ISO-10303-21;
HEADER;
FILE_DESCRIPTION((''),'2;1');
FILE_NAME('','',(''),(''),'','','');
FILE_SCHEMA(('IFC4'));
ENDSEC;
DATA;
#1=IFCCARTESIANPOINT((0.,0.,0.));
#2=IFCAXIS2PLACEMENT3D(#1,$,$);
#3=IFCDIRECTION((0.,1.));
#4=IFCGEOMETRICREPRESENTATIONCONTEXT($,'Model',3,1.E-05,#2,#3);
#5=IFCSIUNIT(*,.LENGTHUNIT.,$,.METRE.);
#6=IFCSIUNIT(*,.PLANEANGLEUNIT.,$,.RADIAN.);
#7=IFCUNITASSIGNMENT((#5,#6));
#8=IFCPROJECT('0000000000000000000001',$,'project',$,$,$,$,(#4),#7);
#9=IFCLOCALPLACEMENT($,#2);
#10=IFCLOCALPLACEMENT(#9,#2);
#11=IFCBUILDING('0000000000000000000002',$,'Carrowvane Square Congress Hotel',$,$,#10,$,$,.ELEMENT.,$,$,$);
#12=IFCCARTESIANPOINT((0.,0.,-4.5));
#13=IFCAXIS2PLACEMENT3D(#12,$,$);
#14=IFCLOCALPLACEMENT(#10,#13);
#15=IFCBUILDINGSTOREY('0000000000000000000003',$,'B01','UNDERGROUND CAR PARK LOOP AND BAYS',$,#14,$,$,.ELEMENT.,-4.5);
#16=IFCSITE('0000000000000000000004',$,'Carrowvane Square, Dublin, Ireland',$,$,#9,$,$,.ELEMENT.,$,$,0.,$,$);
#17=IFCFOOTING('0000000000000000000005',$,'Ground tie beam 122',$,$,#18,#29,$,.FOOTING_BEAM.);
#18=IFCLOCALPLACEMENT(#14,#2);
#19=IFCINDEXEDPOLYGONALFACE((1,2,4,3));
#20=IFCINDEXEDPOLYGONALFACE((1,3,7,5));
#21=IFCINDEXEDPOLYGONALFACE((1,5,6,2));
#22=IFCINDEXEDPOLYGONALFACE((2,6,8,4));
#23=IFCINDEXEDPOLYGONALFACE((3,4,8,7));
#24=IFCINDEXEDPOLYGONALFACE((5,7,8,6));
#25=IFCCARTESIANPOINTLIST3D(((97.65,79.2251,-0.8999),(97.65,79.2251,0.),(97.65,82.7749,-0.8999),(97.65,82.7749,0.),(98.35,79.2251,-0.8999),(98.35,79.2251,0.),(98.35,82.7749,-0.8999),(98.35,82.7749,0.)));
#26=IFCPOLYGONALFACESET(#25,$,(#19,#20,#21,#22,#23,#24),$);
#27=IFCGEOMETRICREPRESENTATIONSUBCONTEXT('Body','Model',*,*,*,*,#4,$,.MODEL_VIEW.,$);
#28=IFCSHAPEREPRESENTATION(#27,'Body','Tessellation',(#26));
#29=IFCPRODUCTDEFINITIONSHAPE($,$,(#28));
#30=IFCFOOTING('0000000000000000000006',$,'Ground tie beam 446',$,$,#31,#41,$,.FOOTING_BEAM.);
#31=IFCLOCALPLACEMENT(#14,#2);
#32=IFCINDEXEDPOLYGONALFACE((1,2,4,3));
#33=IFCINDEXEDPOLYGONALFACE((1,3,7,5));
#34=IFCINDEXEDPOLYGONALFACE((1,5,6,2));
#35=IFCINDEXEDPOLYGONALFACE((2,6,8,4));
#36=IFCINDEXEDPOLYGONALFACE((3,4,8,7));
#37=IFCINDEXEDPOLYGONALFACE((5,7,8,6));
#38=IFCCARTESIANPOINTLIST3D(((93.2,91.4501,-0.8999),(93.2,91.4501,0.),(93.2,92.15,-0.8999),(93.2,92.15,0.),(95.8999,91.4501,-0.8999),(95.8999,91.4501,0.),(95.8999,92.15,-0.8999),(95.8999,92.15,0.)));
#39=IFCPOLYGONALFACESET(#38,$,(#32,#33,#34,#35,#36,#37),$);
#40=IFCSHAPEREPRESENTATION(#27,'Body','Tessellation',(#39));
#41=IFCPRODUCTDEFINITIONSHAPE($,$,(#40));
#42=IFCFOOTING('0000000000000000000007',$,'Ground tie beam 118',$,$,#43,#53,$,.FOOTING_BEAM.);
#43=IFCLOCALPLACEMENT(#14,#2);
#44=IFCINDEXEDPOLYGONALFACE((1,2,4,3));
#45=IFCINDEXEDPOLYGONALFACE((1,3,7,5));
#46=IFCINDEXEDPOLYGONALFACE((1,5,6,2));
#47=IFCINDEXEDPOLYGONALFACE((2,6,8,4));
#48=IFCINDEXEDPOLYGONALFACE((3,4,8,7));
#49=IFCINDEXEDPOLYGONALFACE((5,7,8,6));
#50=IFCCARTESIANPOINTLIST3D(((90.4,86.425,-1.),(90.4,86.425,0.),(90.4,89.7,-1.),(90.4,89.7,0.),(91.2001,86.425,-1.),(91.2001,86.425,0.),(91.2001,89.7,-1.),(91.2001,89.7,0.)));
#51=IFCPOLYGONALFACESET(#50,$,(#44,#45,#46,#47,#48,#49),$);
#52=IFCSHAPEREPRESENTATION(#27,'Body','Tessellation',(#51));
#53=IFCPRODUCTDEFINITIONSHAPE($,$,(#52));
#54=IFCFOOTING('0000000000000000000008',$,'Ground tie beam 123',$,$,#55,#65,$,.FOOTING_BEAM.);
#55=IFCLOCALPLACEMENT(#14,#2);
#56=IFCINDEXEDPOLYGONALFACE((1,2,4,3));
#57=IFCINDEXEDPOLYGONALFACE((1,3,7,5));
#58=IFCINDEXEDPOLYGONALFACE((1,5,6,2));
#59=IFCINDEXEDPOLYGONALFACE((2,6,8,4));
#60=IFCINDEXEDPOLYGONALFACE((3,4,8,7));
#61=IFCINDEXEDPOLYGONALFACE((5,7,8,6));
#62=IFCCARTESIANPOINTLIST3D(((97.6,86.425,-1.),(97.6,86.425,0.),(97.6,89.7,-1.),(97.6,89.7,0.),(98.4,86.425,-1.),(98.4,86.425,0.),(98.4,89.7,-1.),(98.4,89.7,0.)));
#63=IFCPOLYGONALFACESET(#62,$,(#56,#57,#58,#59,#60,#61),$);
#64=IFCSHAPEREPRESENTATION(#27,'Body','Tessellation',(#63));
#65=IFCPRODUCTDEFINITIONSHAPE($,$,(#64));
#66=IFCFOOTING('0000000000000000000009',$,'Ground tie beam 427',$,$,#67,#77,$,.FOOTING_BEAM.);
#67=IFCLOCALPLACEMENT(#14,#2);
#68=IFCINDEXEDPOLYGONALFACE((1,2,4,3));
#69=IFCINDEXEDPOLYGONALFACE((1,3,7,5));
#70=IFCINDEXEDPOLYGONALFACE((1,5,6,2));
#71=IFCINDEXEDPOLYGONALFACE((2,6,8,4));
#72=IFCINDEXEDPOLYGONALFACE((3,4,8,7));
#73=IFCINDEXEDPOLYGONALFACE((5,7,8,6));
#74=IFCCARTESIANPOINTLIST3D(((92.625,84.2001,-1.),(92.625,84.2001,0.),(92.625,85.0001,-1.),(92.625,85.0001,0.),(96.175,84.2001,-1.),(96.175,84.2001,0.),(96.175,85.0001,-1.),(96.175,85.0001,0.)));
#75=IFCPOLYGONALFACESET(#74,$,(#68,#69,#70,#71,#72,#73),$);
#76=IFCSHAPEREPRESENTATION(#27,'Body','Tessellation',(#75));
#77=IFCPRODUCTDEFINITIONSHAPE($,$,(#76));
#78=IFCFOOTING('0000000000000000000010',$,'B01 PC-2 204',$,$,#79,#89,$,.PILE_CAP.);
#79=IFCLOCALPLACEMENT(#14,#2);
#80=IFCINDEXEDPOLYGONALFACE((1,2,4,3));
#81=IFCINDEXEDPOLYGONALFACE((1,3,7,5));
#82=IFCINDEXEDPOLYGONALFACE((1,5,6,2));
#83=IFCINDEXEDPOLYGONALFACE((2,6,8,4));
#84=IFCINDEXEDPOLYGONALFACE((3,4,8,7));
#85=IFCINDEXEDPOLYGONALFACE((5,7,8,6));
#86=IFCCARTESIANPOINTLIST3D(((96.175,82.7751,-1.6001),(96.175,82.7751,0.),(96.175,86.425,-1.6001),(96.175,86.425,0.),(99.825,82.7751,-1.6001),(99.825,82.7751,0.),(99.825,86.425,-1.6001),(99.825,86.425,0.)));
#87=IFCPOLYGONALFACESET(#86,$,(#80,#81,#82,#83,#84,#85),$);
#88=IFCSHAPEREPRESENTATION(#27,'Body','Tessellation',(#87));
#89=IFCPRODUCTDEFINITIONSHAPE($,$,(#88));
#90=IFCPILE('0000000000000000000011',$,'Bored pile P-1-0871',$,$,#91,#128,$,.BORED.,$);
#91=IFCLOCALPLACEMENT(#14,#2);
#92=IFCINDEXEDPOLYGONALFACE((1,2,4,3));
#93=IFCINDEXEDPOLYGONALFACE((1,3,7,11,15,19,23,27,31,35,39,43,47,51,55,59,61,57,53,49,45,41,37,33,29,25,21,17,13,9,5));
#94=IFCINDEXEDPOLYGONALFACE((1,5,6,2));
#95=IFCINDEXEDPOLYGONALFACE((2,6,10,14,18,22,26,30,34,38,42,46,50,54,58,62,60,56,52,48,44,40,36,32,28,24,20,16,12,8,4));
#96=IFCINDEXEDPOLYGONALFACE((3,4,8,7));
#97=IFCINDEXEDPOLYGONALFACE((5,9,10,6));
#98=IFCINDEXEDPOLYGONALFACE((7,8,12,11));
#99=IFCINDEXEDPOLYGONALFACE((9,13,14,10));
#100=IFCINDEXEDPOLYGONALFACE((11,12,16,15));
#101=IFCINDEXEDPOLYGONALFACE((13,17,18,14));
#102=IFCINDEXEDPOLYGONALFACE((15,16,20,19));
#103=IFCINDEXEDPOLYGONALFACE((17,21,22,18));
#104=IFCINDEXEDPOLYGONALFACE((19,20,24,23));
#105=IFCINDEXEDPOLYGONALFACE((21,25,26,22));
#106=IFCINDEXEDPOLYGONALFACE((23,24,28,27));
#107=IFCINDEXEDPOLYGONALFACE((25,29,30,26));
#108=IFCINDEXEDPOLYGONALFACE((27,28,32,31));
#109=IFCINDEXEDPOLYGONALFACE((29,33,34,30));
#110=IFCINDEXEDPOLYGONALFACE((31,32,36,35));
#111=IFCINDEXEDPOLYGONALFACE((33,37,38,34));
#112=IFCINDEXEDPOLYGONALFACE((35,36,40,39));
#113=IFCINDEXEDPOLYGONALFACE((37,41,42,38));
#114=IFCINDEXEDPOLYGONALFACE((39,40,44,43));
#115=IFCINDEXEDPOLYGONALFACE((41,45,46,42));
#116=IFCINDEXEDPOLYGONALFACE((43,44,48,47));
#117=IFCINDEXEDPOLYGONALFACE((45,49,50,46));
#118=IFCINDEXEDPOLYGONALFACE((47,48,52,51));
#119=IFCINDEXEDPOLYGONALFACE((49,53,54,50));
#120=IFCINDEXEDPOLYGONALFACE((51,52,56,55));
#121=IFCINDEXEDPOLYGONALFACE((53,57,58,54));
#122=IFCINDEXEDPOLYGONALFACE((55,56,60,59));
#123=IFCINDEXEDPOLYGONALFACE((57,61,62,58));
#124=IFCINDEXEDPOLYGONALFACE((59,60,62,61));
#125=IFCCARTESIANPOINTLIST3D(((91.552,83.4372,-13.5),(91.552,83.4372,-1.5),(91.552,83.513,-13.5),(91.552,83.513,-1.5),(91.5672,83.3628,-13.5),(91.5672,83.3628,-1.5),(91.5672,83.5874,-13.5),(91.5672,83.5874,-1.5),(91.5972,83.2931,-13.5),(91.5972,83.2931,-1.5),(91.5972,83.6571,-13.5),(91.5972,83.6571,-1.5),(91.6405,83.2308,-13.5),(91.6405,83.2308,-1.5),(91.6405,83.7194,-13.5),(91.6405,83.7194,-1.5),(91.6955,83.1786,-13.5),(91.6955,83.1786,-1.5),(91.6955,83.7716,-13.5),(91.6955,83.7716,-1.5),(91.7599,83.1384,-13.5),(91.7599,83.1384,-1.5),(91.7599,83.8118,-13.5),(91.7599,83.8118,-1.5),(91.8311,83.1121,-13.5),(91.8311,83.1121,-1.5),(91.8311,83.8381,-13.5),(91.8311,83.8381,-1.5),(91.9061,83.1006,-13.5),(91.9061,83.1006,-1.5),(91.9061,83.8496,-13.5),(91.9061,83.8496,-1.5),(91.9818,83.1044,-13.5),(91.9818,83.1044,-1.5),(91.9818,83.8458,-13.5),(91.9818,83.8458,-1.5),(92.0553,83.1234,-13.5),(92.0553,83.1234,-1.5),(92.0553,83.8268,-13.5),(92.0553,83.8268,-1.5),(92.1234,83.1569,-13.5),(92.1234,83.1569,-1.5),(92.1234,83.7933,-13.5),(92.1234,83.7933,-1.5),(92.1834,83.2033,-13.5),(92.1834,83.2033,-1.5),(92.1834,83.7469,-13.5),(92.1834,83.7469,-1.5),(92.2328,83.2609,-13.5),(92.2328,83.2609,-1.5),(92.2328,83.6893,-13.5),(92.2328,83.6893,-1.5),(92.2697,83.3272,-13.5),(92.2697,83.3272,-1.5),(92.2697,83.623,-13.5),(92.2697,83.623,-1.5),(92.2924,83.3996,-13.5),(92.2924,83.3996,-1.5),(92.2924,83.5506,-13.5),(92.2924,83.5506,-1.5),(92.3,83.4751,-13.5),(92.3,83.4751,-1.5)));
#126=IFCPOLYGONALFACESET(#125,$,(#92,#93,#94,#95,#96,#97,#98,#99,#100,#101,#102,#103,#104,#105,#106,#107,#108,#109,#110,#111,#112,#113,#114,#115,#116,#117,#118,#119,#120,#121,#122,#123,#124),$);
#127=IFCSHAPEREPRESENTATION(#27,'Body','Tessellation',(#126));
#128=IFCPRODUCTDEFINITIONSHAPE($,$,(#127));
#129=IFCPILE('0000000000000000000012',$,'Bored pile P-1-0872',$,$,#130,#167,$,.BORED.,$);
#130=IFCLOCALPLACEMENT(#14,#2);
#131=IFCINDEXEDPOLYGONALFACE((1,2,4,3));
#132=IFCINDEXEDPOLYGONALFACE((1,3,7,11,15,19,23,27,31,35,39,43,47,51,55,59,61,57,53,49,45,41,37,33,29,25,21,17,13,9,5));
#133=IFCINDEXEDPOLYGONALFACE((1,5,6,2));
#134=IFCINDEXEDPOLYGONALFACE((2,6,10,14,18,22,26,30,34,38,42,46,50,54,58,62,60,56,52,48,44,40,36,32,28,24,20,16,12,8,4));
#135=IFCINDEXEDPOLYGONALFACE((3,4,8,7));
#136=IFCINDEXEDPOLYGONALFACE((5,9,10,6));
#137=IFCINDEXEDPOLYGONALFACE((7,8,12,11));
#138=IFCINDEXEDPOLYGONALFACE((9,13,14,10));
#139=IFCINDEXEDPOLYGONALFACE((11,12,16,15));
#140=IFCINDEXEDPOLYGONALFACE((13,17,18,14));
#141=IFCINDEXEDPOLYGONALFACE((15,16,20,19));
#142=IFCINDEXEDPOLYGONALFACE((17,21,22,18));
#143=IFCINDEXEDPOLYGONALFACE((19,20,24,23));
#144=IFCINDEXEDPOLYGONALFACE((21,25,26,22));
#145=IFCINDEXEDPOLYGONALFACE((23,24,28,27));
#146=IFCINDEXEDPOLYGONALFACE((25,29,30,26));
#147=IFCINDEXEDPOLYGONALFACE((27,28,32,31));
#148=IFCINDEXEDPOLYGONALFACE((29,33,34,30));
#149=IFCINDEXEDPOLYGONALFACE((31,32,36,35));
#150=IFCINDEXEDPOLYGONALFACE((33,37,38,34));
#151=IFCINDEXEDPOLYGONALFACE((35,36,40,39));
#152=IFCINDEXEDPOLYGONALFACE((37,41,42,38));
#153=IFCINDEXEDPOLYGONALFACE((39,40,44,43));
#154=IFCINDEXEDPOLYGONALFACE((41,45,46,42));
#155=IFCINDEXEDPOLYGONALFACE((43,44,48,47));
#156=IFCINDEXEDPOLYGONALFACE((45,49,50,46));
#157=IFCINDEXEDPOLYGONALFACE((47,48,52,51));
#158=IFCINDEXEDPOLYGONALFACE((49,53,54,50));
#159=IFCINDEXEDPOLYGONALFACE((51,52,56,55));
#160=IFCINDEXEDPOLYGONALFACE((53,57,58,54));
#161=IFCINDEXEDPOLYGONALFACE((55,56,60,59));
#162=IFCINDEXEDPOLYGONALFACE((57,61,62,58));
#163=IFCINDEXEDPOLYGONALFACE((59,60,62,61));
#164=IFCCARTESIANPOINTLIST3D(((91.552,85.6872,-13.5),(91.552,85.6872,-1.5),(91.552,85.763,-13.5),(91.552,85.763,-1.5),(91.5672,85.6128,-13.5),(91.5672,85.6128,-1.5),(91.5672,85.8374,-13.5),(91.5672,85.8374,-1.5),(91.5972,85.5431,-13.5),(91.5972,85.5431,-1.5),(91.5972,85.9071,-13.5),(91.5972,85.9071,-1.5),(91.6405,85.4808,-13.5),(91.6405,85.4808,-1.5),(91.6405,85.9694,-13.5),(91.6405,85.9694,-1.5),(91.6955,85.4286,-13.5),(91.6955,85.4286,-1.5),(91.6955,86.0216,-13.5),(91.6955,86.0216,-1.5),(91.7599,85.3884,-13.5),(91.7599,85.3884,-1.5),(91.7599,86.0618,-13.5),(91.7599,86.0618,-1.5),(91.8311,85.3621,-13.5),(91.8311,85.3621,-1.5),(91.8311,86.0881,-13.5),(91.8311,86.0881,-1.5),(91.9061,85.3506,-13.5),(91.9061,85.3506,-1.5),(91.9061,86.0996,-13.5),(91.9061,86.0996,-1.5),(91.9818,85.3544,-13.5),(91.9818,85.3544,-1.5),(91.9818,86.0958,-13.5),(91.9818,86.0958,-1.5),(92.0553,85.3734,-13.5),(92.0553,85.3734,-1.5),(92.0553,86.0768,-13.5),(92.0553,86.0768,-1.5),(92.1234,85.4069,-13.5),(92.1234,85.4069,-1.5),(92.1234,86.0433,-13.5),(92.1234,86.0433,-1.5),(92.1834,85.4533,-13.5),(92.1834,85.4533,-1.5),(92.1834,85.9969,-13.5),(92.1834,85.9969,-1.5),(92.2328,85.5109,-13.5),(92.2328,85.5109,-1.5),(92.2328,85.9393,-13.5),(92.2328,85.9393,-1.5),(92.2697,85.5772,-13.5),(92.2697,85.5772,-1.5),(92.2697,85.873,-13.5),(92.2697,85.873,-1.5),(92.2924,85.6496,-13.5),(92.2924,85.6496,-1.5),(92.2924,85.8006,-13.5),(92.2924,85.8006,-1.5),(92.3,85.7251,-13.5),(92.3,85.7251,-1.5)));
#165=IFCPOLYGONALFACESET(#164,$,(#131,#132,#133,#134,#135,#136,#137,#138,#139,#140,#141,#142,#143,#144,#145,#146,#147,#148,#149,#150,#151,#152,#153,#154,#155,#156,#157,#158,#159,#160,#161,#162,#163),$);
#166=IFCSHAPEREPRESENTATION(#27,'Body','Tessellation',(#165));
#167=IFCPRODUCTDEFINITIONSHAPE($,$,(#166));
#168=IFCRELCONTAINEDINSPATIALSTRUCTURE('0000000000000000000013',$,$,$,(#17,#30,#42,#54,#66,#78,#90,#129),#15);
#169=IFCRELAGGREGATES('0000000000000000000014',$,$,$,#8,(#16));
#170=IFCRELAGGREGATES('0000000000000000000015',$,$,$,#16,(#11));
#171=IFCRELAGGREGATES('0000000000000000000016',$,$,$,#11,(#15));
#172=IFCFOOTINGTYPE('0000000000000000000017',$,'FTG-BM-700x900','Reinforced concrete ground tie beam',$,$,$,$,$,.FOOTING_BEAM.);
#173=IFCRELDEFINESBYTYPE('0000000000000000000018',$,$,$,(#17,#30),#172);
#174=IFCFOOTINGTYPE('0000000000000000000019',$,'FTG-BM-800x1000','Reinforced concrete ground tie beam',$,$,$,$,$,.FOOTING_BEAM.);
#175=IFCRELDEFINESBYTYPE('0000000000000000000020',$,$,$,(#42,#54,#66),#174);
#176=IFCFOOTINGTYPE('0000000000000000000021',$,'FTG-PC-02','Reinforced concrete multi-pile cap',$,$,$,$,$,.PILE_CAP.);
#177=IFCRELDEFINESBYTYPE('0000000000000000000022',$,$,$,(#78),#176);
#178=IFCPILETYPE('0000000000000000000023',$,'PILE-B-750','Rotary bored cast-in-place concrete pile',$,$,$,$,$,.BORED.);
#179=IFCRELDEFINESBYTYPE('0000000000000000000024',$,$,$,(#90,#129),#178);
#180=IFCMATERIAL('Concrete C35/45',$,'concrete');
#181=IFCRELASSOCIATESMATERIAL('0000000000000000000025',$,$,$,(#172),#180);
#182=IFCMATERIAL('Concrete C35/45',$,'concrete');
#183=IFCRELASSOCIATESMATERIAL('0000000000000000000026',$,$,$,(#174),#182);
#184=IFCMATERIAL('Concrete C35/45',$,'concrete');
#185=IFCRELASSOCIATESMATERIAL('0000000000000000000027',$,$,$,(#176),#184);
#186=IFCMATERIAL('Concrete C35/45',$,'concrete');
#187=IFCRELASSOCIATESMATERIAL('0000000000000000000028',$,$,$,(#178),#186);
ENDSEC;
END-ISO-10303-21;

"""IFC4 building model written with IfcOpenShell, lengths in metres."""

from ifc_helpers import new_model, si_unit, direction, frame, origin, origin_2d, place, context, subcontext, project, spatial, rectangle, circle, extrude, material, material_profile, profile_set, type_object, element, save


model = new_model("IFC4")

# Units and contexts
model_context = context("Model", 3, precision=1e-05, world=origin(), true_north=direction((0.0, 1.0)))
body_context = subcontext(model_context, "Body", "Model", "MODEL_VIEW")
ifc_project = project(units=[si_unit("LENGTHUNIT", "METRE"), si_unit("PLANEANGLEUNIT", "RADIAN")], contexts=[model_context])

# Site, building, storey
site_placement = place(None, origin())
site = spatial("IfcSite", under=ifc_project, at=site_placement, Name="Carrowvane Square, Dublin, Ireland", CompositionType="ELEMENT", RefElevation=0.0)
building_placement = place(site_placement, origin())
building = spatial("IfcBuilding", under=site, at=building_placement, Name="Carrowvane Square Congress Hotel", CompositionType="ELEMENT")
storey_placement = place(building_placement, frame((0.0, 0.0, -4.5)))
storey = spatial("IfcBuildingStorey", under=building, at=storey_placement, Name="B01", Description="UNDERGROUND CAR PARK LOOP AND BAYS", CompositionType="ELEMENT", Elevation=-4.5)

# Footings
ifc_material_1 = material(Name="Concrete C35/45", Category="concrete")
ifc_material_profile_1 = material_profile(ifc_material_1, rectangle(XDim=0.7, YDim=0.8999, at=origin_2d()), Name="RC 700x900")
ifc_profile_set_1 = profile_set([ifc_material_profile_1], Name="Concrete C35/45")
footing_type_1 = type_object("IfcFootingType", Name="FTG-BM-700x900", Description="Reinforced concrete ground tie beam", PredefinedType="FOOTING_BEAM", material=ifc_profile_set_1)
footing_1_placement = place(storey_placement, frame((98.0, 79.2251, -0.45), z_axis=(0.0, 1.0, 0.0), x_axis=(-1.0, 0.0, 0.0)))
element("IfcFooting", 1, at=footing_1_placement, inside=storey, type_object=footing_type_1, Name="Ground tie beam 122", PredefinedType="FOOTING_BEAM", context=body_context, shape_type="SweptSolid", body=[
    extrude(rectangle(XDim=0.7, YDim=0.8999, at=origin_2d()), origin(), (0.0, 0.0, 1.0), 3.5498),
])
footing_2_placement = place(storey_placement, frame((93.2, 91.8, -0.45), z_axis=(1.0, 0.0, 0.0), x_axis=(0.0, 1.0, 0.0)))
element("IfcFooting", 2, at=footing_2_placement, inside=storey, type_object=footing_type_1, Name="Ground tie beam 446", PredefinedType="FOOTING_BEAM", context=body_context, shape_type="SweptSolid", body=[
    extrude(rectangle(XDim=0.7, YDim=0.8999, at=origin_2d()), origin(), (0.0, 0.0, 1.0), 2.7),
])
ifc_material_2 = material(Name="Concrete C35/45", Category="concrete")
ifc_material_profile_2 = material_profile(ifc_material_2, rectangle(XDim=0.8, YDim=1.0, at=origin_2d()), Name="RC 800x1000")
ifc_profile_set_2 = profile_set([ifc_material_profile_2], Name="Concrete C35/45")
footing_type_2 = type_object("IfcFootingType", Name="FTG-BM-800x1000", Description="Reinforced concrete ground tie beam", PredefinedType="FOOTING_BEAM", material=ifc_profile_set_2)
for number, where, z_axis, x_axis, name in (
    (3, (90.8, 86.425, -0.5), (0.0, 1.0, 0.0), (-1.0, 0.0, 0.0), "Ground tie beam 118"),
    (4, (98.0, 86.425, -0.5), (0.0, 1.0, 0.0), (-1.0, 0.0, 0.0), "Ground tie beam 123"),
):
    element("IfcFooting", number, at=place(storey_placement, frame(where, z_axis=z_axis, x_axis=x_axis)), inside=storey, type_object=footing_type_2, Name=name, PredefinedType="FOOTING_BEAM", context=body_context, shape_type="SweptSolid", body=[
        extrude(rectangle(XDim=0.8, YDim=1.0, at=origin_2d()), origin(), (0.0, 0.0, 1.0), 3.2749),
    ])
footing_3_placement = place(storey_placement, frame((92.625, 84.6001, -0.5), z_axis=(1.0, 0.0, 0.0), x_axis=(0.0, 1.0, 0.0)))
element("IfcFooting", 5, at=footing_3_placement, inside=storey, type_object=footing_type_2, Name="Ground tie beam 427", PredefinedType="FOOTING_BEAM", context=body_context, shape_type="SweptSolid", body=[
    extrude(rectangle(XDim=0.8, YDim=1.0, at=origin_2d()), origin(), (0.0, 0.0, 1.0), 3.55),
])
ifc_material_3 = material(Name="Concrete C35/45", Category="concrete")
footing_type_3 = type_object("IfcFootingType", Name="FTG-PC-02", Description="Reinforced concrete multi-pile cap", PredefinedType="PILE_CAP", material=ifc_material_3)
footing_4_placement = place(storey_placement, frame((98.0, 84.6001, -1.6001), z_axis=(0.0, 0.0, 1.0), x_axis=(1.0, 0.0, 0.0)))
element("IfcFooting", 6, at=footing_4_placement, inside=storey, type_object=footing_type_3, Name="B01 PC-2 204", PredefinedType="PILE_CAP", context=body_context, shape_type="SweptSolid", body=[
    extrude(rectangle(XDim=3.6499, YDim=3.6499, at=origin_2d()), origin(), (0.0, 0.0, 1.0), 1.6001),
])

# Piles
ifc_material_4 = material(Name="Concrete C35/45", Category="concrete")
ifc_material_profile_3 = material_profile(ifc_material_4, circle(Radius=0.375, at=origin_2d()), Name="PILE D750")
ifc_profile_set_3 = profile_set([ifc_material_profile_3], Name="Concrete C35/45")
pile_type_1 = type_object("IfcPileType", Name="PILE-B-750", Description="Rotary bored cast-in-place concrete pile", PredefinedType="BORED", material=ifc_profile_set_3)
for number, where, z_axis, x_axis, name in (
    (7, (91.925, 83.4751, -1.5), (0.0, 0.0, -1.0), (1.0, 0.0, 0.0), "Bored pile P-1-0871"),
    (8, (91.925, 85.7251, -1.5), (0.0, 0.0, -1.0), (1.0, 0.0, 0.0), "Bored pile P-1-0872"),
):
    element("IfcPile", number, at=place(storey_placement, frame(where, z_axis=z_axis, x_axis=x_axis)), inside=storey, type_object=pile_type_1, Name=name, PredefinedType="BORED", context=body_context, shape_type="SweptSolid", body=[
        extrude(circle(Radius=0.375, at=origin_2d()), origin(), (0.0, 0.0, 1.0), 12.0),
    ])

save(model, "model.ifc")
